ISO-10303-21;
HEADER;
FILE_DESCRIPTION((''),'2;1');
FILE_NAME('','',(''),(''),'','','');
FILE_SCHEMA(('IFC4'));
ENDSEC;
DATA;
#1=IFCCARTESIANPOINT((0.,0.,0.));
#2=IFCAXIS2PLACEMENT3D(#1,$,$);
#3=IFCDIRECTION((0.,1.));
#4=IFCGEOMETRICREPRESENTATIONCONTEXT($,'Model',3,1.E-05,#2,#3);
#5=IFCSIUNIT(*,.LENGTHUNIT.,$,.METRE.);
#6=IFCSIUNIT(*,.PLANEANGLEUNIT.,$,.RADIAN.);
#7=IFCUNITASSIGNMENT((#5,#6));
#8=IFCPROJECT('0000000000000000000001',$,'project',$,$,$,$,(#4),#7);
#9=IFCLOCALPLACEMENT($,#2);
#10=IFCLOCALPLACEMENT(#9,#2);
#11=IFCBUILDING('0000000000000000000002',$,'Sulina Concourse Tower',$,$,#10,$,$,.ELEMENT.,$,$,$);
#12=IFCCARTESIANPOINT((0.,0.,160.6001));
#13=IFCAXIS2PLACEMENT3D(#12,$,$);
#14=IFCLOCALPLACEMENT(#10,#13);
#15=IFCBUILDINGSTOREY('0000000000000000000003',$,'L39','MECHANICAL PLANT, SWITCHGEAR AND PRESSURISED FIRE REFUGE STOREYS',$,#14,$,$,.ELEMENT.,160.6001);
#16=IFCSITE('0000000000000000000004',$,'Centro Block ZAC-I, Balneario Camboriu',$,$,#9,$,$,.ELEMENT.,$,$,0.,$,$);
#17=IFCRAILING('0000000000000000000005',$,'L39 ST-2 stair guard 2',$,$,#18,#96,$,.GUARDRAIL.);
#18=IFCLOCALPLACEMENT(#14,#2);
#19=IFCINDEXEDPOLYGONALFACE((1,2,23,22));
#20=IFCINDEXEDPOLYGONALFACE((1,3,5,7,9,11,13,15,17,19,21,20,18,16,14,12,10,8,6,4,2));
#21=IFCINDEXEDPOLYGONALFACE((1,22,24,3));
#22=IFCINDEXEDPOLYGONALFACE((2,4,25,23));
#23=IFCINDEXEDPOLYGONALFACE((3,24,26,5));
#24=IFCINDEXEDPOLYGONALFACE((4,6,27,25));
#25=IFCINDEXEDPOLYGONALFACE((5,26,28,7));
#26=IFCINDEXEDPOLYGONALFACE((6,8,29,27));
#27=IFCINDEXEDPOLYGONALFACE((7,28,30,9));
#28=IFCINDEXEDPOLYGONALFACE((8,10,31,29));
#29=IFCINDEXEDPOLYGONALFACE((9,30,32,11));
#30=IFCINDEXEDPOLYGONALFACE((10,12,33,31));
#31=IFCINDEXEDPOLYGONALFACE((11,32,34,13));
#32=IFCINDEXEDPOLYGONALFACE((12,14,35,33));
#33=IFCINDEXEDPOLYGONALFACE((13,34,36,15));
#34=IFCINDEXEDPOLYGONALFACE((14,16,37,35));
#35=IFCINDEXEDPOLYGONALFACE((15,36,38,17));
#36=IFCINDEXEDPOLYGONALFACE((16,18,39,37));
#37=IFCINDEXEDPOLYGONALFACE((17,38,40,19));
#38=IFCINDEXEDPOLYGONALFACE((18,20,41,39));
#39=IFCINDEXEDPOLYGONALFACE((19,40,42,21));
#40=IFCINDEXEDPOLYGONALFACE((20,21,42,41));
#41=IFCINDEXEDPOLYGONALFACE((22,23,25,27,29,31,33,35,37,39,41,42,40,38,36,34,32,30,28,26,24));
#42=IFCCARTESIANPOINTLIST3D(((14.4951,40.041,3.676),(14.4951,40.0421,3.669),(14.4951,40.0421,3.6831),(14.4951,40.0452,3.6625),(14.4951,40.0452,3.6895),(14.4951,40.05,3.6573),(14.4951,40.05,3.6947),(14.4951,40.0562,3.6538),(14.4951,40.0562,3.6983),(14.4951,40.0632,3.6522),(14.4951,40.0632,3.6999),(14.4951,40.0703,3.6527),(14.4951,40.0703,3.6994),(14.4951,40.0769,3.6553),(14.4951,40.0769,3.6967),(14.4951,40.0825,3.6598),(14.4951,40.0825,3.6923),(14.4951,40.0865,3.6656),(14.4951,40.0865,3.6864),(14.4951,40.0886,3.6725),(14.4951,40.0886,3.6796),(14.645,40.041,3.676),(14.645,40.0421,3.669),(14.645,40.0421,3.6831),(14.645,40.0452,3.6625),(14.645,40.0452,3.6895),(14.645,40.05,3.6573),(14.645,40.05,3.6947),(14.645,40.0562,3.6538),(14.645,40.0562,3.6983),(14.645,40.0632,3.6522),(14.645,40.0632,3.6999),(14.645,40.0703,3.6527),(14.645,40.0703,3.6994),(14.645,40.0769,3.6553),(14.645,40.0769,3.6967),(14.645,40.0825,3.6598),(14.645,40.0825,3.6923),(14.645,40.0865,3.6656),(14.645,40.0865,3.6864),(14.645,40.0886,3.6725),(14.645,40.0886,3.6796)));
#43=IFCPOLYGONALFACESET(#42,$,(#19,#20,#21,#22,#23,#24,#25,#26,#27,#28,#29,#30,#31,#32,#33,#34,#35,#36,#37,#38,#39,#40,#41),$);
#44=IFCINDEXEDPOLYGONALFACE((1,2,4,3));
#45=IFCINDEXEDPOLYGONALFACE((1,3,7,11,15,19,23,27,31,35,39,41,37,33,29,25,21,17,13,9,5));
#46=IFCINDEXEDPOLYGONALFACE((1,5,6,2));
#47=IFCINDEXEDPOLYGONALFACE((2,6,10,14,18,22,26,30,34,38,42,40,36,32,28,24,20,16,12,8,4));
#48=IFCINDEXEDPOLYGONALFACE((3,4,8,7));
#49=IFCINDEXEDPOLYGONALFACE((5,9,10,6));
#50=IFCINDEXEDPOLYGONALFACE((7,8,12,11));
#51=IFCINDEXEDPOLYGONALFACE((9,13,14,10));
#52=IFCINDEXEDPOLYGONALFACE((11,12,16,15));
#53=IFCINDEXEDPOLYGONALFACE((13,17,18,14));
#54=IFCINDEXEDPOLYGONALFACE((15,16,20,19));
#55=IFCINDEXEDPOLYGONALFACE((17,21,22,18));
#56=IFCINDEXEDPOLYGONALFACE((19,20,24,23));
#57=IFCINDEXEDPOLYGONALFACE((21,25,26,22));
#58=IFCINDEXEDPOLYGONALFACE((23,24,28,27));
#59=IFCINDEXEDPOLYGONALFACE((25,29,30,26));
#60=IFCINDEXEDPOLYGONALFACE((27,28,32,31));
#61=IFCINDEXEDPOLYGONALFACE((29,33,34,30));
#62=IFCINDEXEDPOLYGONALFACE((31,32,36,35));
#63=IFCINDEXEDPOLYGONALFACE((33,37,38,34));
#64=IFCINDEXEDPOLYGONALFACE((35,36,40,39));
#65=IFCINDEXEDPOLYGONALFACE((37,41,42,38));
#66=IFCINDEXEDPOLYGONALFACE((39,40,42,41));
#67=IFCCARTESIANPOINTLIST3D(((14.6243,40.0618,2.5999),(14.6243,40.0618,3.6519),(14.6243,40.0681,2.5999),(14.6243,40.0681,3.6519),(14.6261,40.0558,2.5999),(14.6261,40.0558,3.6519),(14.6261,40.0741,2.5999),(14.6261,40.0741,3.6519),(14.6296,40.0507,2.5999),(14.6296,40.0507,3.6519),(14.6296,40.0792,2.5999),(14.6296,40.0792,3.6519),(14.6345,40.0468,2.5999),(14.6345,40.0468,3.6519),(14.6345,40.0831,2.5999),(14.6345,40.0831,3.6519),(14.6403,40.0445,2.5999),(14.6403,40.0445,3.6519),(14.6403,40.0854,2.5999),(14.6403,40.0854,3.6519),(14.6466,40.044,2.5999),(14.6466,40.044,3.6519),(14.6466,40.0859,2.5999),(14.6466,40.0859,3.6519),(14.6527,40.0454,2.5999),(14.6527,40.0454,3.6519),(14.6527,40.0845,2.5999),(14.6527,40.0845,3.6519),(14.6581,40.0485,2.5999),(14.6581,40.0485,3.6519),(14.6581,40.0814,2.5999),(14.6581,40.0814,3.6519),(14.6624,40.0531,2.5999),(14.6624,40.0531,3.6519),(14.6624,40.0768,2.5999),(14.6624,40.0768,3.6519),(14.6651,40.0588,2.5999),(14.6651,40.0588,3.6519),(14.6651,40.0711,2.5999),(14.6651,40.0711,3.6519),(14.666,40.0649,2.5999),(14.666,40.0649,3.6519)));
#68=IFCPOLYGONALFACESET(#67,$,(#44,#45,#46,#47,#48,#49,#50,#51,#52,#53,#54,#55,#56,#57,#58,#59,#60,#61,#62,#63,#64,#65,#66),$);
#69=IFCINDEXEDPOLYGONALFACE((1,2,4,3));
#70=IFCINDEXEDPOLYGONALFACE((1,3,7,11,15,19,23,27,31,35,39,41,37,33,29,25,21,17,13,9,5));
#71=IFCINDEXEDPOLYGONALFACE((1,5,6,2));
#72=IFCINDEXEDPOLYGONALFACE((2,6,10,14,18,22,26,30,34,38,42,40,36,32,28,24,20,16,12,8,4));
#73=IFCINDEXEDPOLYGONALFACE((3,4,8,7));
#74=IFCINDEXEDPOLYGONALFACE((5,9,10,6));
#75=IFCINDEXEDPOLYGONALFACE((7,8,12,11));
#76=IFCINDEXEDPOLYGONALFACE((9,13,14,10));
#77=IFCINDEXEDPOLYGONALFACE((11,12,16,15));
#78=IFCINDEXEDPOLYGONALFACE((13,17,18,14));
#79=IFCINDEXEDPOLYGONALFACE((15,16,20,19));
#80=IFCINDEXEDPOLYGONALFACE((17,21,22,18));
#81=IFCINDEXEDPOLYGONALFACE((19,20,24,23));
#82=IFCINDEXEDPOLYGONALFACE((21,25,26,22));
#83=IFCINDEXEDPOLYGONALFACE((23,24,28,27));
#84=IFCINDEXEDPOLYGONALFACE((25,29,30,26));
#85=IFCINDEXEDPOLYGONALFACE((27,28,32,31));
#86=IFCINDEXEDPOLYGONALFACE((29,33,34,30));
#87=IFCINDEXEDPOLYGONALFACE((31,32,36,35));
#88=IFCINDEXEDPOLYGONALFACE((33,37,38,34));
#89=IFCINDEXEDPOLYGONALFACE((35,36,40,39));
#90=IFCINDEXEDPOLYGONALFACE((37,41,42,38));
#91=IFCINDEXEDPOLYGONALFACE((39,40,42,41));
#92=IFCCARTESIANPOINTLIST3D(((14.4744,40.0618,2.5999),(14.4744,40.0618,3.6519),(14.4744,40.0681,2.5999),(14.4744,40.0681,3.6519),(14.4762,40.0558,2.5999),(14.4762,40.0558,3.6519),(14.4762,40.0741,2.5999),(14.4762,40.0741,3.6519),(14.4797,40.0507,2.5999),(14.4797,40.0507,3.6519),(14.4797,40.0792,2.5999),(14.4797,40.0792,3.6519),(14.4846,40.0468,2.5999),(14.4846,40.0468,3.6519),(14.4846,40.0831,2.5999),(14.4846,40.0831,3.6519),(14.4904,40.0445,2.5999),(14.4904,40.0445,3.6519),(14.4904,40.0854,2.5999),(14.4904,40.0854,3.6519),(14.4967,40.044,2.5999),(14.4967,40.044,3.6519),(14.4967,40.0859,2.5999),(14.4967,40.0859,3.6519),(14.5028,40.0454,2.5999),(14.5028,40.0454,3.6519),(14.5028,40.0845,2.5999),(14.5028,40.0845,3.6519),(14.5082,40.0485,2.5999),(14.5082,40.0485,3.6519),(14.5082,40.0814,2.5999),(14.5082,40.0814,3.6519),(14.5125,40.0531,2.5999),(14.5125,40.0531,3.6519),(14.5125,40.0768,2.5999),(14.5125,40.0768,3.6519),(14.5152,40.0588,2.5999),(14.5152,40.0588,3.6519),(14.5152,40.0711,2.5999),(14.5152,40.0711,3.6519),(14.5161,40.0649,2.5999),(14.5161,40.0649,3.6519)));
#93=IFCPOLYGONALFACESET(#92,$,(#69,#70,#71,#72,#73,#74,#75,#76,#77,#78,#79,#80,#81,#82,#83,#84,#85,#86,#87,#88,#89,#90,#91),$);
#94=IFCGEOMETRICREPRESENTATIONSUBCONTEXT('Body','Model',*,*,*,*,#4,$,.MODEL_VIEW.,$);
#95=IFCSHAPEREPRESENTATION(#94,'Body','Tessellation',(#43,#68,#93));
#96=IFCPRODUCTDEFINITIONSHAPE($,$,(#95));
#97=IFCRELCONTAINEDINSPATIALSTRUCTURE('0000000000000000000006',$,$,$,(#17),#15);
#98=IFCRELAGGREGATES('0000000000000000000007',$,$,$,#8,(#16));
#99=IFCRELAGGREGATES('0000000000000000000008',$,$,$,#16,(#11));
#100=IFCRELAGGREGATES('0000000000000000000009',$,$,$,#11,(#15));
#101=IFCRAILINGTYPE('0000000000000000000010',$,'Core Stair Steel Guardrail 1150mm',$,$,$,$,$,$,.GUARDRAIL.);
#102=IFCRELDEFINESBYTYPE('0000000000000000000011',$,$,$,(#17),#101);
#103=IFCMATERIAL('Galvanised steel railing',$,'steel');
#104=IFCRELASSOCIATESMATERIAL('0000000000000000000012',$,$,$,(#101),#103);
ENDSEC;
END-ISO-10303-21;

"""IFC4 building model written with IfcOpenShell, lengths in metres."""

from ifc_helpers import new_model, si_unit, direction, frame, origin, origin_2d, place, context, subcontext, project, spatial, circle, extrude, material, type_object, element, save


model = new_model("IFC4")

# Units and contexts
model_context = context("Model", 3, precision=1e-05, world=origin(), true_north=direction((0.0, 1.0)))
body_context = subcontext(model_context, "Body", "Model", "MODEL_VIEW")
ifc_project = project(units=[si_unit("LENGTHUNIT", "METRE"), si_unit("PLANEANGLEUNIT", "RADIAN")], contexts=[model_context])

# Site, building, storey
site_placement = place(None, origin())
site = spatial("IfcSite", under=ifc_project, at=site_placement, Name="Centro Block ZAC-I, Balneario Camboriu", CompositionType="ELEMENT", RefElevation=0.0)
building_placement = place(site_placement, origin())
building = spatial("IfcBuilding", under=site, at=building_placement, Name="Sulina Concourse Tower", CompositionType="ELEMENT")
storey_placement = place(building_placement, frame((0.0, 0.0, 160.6001)))
storey = spatial("IfcBuildingStorey", under=building, at=storey_placement, Name="L39", Description="MECHANICAL PLANT, SWITCHGEAR AND PRESSURISED FIRE REFUGE STOREYS", CompositionType="ELEMENT", Elevation=160.6001)

# Railing
ifc_material_1 = material(Name="Galvanised steel railing", Category="steel")
railing_type_1 = type_object("IfcRailingType", Name="Core Stair Steel Guardrail 1150mm", PredefinedType="GUARDRAIL", material=ifc_material_1)
railing_1_placement = place(storey_placement, frame((14.645, 40.0649, 2.5999)))
element("IfcRailing", 1, at=railing_1_placement, inside=storey, type_object=railing_type_1, Name="L39 ST-2 stair guard 2", PredefinedType="GUARDRAIL", context=body_context, shape_type="SweptSolid", body=[
    extrude(circle(Radius=0.0239, at=origin_2d()), frame((0.0, 0.0, 1.0762), z_axis=(-1.0, 0.0, 0.0), x_axis=(0.0, -1.0, 0.0)), (0.0, 0.0, 1.0), 0.1499),
    extrude(circle(Radius=0.021, at=origin_2d()), origin(), (0.0, 0.0, 1.0), 1.052),
    extrude(circle(Radius=0.021, at=origin_2d()), frame((-0.1499, 0.0, 0.0)), (0.0, 0.0, 1.0), 1.052),
])

save(model, "model.ifc")
